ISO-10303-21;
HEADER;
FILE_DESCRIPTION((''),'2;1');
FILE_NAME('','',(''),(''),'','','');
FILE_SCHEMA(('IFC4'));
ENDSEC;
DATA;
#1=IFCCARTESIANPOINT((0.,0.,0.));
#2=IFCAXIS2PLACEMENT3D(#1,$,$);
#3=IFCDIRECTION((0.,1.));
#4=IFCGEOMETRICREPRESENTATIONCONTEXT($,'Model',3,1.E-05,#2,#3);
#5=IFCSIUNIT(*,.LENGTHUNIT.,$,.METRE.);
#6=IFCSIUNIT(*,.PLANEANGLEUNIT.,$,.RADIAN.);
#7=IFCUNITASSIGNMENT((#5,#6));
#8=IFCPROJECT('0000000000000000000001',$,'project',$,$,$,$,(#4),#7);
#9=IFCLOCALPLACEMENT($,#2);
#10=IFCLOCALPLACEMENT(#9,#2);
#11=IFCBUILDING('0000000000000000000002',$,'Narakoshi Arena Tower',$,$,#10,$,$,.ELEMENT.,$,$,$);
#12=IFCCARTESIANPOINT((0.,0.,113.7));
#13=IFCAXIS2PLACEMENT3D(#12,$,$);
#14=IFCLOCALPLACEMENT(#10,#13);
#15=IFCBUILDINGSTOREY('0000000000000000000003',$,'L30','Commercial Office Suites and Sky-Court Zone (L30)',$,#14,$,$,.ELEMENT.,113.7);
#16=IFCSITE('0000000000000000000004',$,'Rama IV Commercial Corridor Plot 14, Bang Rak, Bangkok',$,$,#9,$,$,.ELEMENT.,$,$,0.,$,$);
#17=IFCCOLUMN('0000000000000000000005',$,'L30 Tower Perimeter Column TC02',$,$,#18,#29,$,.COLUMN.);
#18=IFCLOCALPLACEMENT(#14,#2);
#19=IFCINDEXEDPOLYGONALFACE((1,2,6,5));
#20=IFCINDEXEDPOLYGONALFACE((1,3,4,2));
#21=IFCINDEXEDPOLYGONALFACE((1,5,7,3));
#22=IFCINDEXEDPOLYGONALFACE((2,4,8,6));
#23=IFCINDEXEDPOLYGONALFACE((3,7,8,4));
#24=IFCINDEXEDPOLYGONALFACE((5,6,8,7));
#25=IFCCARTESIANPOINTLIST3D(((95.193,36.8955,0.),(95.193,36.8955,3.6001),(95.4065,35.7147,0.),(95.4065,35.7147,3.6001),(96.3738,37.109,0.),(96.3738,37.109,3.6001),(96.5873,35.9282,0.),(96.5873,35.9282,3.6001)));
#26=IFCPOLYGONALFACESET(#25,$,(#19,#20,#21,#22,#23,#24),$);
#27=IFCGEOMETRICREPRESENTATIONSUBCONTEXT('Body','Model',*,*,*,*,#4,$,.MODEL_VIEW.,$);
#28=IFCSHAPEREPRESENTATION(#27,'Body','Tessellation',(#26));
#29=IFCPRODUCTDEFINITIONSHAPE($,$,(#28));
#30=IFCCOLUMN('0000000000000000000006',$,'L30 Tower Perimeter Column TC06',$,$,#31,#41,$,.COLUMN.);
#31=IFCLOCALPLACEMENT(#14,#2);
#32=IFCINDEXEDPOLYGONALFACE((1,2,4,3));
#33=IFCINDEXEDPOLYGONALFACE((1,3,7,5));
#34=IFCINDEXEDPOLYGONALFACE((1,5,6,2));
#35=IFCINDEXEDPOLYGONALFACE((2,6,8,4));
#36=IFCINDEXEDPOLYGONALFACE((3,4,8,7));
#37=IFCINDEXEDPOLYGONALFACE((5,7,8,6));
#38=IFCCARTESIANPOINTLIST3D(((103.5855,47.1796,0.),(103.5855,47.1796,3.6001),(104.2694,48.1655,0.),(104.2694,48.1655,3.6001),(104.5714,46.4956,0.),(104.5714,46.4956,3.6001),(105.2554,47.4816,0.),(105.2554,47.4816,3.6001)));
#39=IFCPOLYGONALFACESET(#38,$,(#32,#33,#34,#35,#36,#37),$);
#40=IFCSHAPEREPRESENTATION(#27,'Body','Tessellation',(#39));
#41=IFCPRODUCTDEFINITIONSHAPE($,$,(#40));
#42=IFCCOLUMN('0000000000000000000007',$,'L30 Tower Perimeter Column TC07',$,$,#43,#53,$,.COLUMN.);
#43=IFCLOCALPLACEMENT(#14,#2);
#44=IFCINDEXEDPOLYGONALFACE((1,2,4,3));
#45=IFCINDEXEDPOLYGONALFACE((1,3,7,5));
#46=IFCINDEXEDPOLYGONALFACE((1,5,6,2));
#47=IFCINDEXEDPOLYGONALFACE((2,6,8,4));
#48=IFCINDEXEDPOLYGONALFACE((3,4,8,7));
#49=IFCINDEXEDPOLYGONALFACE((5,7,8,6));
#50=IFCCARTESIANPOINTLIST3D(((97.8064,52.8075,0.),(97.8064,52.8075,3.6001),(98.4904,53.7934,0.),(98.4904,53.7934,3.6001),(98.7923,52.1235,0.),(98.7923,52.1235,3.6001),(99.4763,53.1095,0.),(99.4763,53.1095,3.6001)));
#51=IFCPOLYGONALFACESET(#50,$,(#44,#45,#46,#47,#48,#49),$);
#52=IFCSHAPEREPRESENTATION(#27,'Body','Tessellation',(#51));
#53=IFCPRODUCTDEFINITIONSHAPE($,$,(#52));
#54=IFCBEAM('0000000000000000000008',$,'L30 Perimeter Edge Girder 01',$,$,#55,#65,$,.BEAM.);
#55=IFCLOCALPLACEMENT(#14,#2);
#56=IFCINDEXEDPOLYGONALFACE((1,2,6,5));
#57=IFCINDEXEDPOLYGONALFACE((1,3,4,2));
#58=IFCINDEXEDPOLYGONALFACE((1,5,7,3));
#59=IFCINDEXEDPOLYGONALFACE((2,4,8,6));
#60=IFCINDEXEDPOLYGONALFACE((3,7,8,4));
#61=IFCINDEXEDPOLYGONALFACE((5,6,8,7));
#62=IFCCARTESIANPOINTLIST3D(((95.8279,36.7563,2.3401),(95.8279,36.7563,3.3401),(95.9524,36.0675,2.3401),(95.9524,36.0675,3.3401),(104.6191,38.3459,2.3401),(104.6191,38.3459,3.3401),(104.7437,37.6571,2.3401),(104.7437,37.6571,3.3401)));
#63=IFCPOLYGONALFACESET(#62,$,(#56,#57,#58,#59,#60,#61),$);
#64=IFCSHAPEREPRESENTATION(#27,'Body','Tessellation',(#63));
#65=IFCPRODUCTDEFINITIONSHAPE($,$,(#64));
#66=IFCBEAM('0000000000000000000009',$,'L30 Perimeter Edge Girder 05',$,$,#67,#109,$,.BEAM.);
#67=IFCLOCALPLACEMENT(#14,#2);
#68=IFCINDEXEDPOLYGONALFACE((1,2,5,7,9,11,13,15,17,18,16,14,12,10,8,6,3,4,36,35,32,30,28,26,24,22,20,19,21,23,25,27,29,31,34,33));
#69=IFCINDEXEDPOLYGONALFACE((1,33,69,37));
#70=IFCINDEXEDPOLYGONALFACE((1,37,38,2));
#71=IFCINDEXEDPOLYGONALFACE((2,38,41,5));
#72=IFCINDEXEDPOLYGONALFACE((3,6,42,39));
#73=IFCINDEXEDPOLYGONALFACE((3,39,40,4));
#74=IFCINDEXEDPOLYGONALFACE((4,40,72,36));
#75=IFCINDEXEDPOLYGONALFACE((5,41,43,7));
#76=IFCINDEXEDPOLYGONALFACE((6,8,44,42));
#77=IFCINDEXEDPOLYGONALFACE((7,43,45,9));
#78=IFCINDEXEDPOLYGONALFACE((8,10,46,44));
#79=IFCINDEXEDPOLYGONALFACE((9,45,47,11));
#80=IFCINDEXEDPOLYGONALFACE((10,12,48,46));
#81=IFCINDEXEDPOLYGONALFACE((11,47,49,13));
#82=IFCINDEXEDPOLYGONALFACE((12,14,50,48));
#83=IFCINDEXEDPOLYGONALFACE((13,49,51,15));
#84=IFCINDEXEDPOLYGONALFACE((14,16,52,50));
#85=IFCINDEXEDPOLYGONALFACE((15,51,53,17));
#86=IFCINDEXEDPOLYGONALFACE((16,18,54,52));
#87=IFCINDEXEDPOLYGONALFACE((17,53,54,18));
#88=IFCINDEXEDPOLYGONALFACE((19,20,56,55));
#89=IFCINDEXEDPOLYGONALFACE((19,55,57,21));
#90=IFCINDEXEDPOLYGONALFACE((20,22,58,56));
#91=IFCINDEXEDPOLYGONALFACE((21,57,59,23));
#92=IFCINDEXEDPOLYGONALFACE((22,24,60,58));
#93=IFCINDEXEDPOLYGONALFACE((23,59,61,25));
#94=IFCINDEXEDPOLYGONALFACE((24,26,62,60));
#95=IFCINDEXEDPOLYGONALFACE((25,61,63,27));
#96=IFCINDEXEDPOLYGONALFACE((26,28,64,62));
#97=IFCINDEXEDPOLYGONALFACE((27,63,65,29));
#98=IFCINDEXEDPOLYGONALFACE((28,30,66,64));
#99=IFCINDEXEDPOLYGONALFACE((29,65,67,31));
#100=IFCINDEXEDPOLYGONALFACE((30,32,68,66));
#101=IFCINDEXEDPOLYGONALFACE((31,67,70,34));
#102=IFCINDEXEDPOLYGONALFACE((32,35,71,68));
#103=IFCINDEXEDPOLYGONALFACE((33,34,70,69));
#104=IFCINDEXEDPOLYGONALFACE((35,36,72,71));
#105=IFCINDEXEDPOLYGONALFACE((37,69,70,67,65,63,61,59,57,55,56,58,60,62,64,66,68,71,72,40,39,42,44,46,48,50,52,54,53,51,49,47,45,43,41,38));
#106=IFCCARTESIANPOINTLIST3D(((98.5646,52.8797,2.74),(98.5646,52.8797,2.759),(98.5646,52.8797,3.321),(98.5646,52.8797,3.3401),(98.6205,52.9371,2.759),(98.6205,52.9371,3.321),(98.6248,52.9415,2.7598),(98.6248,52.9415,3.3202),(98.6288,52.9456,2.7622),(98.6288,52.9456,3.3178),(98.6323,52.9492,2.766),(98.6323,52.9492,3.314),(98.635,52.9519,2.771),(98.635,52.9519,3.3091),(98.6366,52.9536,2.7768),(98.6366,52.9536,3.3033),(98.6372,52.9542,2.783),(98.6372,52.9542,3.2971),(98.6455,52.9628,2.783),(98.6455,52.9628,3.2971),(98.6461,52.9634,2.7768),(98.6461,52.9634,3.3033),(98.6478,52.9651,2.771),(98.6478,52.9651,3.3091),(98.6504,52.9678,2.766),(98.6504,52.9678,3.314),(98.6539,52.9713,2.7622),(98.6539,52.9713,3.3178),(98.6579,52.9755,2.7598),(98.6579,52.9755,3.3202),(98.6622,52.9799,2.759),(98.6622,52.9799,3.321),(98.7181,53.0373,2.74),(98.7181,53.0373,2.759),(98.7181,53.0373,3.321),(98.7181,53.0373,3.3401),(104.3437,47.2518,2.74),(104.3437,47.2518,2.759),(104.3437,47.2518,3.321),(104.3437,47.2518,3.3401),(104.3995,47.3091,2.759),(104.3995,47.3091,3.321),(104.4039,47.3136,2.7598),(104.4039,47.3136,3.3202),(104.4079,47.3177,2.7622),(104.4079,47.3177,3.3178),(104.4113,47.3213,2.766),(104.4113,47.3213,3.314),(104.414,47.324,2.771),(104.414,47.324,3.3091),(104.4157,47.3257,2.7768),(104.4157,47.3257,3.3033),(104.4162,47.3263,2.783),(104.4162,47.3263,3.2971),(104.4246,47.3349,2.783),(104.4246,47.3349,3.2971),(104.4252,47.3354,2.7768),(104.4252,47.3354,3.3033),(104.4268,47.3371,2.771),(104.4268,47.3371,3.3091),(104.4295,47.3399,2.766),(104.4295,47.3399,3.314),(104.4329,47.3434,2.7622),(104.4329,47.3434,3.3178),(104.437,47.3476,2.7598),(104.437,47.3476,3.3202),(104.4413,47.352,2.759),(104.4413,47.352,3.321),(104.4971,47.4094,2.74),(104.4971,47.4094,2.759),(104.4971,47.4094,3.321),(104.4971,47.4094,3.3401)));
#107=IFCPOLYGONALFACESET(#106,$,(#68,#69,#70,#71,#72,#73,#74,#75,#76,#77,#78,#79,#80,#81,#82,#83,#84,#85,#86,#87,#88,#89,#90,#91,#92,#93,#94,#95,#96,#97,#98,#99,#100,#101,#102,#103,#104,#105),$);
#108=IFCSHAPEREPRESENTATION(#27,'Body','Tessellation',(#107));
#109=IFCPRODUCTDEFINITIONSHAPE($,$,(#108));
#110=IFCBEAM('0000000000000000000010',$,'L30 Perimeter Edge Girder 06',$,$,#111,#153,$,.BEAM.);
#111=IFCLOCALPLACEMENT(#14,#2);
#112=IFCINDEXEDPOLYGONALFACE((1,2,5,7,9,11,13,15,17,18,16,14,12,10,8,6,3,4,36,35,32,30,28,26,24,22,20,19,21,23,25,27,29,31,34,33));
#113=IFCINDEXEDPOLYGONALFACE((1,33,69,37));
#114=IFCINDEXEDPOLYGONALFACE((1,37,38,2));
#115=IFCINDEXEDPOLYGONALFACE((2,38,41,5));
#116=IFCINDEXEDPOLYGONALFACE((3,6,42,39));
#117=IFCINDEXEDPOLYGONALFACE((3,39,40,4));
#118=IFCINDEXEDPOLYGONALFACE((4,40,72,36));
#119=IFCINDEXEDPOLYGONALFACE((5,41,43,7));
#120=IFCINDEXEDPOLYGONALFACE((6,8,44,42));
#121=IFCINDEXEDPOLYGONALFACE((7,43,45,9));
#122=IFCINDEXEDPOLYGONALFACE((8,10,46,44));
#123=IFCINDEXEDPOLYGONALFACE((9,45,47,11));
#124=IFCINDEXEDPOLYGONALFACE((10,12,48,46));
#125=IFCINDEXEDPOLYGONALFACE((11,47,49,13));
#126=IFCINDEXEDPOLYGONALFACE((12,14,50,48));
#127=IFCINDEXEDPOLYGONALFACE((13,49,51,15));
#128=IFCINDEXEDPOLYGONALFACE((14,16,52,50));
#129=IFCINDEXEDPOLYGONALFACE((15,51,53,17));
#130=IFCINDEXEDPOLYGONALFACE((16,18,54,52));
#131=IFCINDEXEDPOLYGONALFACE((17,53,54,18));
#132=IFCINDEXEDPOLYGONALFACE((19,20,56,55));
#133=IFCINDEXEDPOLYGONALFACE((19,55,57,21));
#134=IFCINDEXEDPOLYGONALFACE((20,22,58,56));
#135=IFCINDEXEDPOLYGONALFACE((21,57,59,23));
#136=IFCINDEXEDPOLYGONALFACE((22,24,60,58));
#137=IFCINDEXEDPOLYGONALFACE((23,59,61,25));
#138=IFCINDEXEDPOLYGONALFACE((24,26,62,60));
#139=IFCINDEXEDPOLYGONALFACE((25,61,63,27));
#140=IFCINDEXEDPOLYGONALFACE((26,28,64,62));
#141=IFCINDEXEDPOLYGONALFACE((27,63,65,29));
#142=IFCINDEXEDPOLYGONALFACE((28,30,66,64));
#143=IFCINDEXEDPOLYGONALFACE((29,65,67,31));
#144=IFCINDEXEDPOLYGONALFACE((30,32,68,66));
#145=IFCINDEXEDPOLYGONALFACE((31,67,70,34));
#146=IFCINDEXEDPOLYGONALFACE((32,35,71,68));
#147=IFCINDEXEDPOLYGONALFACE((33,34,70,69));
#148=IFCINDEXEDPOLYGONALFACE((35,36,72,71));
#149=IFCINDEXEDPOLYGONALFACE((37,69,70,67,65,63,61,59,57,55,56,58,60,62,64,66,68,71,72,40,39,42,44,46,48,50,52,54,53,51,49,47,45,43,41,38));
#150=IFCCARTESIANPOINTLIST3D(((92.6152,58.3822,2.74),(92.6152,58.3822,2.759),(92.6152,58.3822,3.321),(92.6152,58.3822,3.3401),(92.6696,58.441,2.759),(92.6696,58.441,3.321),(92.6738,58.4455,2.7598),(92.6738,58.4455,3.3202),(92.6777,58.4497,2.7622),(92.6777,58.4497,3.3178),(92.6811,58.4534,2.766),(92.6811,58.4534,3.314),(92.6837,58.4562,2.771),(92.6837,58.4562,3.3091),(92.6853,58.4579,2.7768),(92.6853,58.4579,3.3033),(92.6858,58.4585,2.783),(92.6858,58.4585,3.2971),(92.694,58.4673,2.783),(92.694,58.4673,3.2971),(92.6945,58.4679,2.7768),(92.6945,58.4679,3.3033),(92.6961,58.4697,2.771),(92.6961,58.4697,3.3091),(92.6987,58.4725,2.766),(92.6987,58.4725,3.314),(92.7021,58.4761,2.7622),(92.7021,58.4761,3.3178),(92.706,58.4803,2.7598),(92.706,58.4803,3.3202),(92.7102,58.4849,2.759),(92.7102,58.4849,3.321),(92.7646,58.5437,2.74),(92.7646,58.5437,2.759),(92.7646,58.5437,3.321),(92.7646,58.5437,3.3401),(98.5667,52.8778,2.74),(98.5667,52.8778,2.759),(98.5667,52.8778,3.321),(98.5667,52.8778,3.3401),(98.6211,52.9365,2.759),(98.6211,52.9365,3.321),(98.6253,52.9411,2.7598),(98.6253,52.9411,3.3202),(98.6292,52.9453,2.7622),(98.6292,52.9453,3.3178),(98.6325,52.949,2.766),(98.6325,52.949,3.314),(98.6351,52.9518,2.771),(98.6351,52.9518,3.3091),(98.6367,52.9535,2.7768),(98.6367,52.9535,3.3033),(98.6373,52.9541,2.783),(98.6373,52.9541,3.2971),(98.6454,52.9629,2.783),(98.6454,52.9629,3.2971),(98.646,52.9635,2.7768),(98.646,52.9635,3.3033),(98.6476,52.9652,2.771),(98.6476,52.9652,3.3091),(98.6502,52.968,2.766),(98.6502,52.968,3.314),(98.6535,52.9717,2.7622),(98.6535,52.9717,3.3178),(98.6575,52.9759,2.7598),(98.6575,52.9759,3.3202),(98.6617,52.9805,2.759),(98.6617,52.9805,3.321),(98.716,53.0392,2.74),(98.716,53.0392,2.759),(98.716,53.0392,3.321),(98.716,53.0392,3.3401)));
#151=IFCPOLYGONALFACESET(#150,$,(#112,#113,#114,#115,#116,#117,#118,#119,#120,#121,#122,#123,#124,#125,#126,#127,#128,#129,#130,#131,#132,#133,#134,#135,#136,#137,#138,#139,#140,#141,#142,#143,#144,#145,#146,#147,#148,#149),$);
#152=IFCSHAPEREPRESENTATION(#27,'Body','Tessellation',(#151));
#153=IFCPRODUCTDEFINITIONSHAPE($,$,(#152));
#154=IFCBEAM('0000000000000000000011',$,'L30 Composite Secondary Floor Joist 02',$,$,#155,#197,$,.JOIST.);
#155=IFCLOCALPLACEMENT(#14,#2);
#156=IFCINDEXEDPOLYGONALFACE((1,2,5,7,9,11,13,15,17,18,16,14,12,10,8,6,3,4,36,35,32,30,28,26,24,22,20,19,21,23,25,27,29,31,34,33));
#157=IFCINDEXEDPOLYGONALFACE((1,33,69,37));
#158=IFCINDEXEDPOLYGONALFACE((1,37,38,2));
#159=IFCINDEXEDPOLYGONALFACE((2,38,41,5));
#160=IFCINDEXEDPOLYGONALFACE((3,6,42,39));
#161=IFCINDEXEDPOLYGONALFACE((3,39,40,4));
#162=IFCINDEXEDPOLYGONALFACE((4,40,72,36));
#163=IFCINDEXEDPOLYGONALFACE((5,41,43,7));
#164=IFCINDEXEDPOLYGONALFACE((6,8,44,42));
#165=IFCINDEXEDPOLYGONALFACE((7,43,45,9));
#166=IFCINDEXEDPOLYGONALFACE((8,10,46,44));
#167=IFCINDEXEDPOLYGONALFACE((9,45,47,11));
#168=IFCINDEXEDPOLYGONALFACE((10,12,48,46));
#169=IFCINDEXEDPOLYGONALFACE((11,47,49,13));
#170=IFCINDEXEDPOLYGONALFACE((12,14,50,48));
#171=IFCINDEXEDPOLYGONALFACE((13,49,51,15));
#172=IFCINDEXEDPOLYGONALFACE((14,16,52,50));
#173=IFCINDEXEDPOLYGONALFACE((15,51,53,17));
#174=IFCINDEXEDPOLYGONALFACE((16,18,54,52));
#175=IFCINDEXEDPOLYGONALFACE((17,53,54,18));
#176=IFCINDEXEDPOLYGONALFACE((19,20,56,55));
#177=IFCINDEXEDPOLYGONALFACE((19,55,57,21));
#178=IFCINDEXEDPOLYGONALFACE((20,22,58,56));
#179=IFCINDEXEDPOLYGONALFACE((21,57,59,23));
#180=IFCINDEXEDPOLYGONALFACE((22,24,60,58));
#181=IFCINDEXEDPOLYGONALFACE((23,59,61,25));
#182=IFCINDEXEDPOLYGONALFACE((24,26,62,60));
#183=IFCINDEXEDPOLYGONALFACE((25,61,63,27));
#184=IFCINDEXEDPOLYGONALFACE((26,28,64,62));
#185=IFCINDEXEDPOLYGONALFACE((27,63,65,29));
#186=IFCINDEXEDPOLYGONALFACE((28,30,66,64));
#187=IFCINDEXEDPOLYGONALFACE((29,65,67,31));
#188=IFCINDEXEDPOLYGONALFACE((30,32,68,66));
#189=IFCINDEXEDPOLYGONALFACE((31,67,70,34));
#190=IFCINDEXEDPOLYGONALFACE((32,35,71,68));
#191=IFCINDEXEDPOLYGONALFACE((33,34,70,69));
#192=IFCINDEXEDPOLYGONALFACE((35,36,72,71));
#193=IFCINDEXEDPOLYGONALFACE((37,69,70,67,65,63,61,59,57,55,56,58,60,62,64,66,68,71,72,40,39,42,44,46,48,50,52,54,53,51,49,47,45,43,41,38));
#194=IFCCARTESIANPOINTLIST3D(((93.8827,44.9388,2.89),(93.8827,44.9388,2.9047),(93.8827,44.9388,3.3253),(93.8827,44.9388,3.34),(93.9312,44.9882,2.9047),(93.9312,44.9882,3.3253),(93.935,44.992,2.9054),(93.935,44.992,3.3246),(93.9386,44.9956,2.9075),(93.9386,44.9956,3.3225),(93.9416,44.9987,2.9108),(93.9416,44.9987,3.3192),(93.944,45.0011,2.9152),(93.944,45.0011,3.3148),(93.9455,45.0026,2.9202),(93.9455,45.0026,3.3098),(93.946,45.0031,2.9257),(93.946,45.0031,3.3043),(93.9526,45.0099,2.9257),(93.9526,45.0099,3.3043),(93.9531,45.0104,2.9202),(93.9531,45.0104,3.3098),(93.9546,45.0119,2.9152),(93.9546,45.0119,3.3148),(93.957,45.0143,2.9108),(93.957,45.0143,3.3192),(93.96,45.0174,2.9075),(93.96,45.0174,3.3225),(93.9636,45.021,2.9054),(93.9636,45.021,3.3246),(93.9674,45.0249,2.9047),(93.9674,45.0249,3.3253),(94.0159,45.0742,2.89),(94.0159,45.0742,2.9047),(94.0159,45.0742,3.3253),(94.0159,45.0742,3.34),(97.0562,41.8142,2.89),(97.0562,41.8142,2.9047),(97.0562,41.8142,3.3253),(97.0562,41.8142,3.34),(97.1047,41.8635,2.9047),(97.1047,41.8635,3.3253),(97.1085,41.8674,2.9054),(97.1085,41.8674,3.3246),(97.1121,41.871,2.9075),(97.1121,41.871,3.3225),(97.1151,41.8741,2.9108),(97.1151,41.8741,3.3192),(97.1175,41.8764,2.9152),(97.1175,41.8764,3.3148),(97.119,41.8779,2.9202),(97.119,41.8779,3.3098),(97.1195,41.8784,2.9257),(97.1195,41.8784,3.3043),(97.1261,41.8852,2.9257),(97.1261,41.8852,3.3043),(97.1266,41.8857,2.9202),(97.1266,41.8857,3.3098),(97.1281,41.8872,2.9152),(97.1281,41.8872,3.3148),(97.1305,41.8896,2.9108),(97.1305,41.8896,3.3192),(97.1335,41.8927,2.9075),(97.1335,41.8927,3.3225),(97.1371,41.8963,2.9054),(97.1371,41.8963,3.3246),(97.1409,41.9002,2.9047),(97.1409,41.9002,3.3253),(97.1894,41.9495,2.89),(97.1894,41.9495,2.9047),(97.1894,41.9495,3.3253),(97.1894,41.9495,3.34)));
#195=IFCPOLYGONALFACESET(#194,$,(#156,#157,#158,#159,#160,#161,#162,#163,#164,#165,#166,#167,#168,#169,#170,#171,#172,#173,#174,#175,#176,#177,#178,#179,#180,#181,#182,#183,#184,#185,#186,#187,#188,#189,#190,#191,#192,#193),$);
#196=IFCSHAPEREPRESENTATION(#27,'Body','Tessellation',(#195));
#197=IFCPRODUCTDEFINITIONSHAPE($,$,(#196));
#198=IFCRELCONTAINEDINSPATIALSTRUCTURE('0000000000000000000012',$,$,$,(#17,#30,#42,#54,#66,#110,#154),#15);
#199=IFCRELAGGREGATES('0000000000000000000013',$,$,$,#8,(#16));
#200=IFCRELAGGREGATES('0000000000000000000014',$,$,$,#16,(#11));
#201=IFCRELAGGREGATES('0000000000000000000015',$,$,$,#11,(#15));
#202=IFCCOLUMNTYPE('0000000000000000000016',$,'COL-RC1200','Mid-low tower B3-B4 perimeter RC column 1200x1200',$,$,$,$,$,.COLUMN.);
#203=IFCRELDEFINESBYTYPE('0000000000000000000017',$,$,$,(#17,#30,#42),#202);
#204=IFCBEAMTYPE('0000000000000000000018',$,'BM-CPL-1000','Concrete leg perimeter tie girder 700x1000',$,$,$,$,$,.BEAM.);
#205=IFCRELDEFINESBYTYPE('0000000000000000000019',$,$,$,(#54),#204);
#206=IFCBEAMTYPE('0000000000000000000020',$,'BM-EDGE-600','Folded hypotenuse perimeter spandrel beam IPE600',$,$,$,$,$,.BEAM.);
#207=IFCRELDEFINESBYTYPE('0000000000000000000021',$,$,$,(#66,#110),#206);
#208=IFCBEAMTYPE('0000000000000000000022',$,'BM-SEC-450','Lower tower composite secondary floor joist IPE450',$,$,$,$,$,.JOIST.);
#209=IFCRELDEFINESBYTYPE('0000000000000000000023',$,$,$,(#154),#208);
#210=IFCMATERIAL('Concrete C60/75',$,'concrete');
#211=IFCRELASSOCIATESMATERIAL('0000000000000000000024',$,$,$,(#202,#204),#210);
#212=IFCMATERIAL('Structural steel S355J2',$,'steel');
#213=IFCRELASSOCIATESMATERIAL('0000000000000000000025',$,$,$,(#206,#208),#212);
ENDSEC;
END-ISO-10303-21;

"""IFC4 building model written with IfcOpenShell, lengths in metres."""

from ifc_helpers import new_model, si_unit, direction, frame, origin, origin_2d, place, context, subcontext, project, spatial, rectangle, i_section, extrude, material, material_profile, profile_set, type_object, element, save


model = new_model("IFC4")

# Units and contexts
model_context = context("Model", 3, precision=1e-05, world=origin(), true_north=direction((0.0, 1.0)))
body_context = subcontext(model_context, "Body", "Model", "MODEL_VIEW")
ifc_project = project(units=[si_unit("LENGTHUNIT", "METRE"), si_unit("PLANEANGLEUNIT", "RADIAN")], contexts=[model_context])

# Site, building, storey
site_placement = place(None, origin())
site = spatial("IfcSite", under=ifc_project, at=site_placement, Name="Rama IV Commercial Corridor Plot 14, Bang Rak, Bangkok", CompositionType="ELEMENT", RefElevation=0.0)
building_placement = place(site_placement, origin())
building = spatial("IfcBuilding", under=site, at=building_placement, Name="Narakoshi Arena Tower", CompositionType="ELEMENT")
storey_placement = place(building_placement, frame((0.0, 0.0, 113.7)))
storey = spatial("IfcBuildingStorey", under=building, at=storey_placement, Name="L30", Description="Commercial Office Suites and Sky-Court Zone (L30)", CompositionType="ELEMENT", Elevation=113.7)

# Columns
ifc_material_1 = material(Name="Concrete C60/75", Category="concrete")
ifc_material_profile_1 = material_profile(ifc_material_1, rectangle(XDim=1.2, YDim=1.2, at=origin_2d()), Name="RC1200x1200")
ifc_profile_set_1 = profile_set([ifc_material_profile_1], Name="Concrete C60/75")
column_type = type_object("IfcColumnType", Name="COL-RC1200", Description="Mid-low tower B3-B4 perimeter RC column 1200x1200", PredefinedType="COLUMN", material=ifc_profile_set_1)
for number, where, z_axis, x_axis, name in (
    (1, (95.8901, 36.4119, 0.0), (0.0, 0.0, 1.0), (0.984041, 0.177944, 0.0), "L30 Tower Perimeter Column TC02"),
    (2, (104.4204, 47.3306, 0.0), (0.0, 0.0, 1.0), (0.569997, 0.821647, 0.0), "L30 Tower Perimeter Column TC06"),
    (3, (98.6414, 52.9585, 0.0), (0.0, 0.0, 1.0), (0.569997, 0.821647, 0.0), "L30 Tower Perimeter Column TC07"),
):
    element("IfcColumn", number, at=place(storey_placement, frame(where, z_axis=z_axis, x_axis=x_axis)), inside=storey, type_object=column_type, Name=name, PredefinedType="COLUMN", context=body_context, shape_type="SweptSolid", body=[
        extrude(rectangle(XDim=1.2, YDim=1.2, at=origin_2d()), origin(), (0.0, 0.0, 1.0), 3.6001),
    ])

# Beams
ifc_material_profile_2 = material_profile(ifc_material_1, rectangle(XDim=0.7, YDim=1.0, at=origin_2d()), Name="RCB700x1000")
ifc_profile_set_2 = profile_set([ifc_material_profile_2], Name="Concrete C60/75")
beam_type_1 = type_object("IfcBeamType", Name="BM-CPL-1000", Description="Concrete leg perimeter tie girder 700x1000", PredefinedType="BEAM", material=ifc_profile_set_2)
beam_1_placement = place(storey_placement, frame((95.8901, 36.4119, 2.8401), z_axis=(0.984043, 0.177931, 0.0), x_axis=(-0.177931, 0.984043, 0.0)))
element("IfcBeam", 4, at=beam_1_placement, inside=storey, type_object=beam_type_1, Name="L30 Perimeter Edge Girder 01", PredefinedType="BEAM", context=body_context, shape_type="SweptSolid", body=[
    extrude(rectangle(XDim=0.7, YDim=1.0, at=origin_2d()), origin(), (0.0, 0.0, 1.0), 8.9338),
])
ifc_material_2 = material(Name="Structural steel S355J2", Category="steel")
ifc_material_profile_3 = material_profile(ifc_material_2, i_section(OverallWidth=0.22, OverallDepth=0.6001, WebThickness=0.012, FlangeThickness=0.019, FilletRadius=0.0239, at=origin_2d()), Name="IPE600")
ifc_profile_set_3 = profile_set([ifc_material_profile_3], Name="Structural steel S355J2")
beam_type_2 = type_object("IfcBeamType", Name="BM-EDGE-600", Description="Folded hypotenuse perimeter spandrel beam IPE600", PredefinedType="BEAM", material=ifc_profile_set_3)
beam_2_placement = place(storey_placement, frame((104.4204, 47.3306, 3.04), z_axis=(-0.716412, 0.697678, 0.0), x_axis=(-0.697678, -0.716412, 0.0)))
element("IfcBeam", 5, at=beam_2_placement, inside=storey, type_object=beam_type_2, Name="L30 Perimeter Edge Girder 05", PredefinedType="BEAM", context=body_context, shape_type="SweptSolid", body=[
    extrude(i_section(OverallWidth=0.22, OverallDepth=0.6001, WebThickness=0.012, FlangeThickness=0.019, FilletRadius=0.0239, at=origin_2d()), origin(), (0.0, 0.0, 1.0), 8.0667),
])
beam_3_placement = place(storey_placement, frame((98.6414, 52.9585, 3.04), z_axis=(-0.73414, 0.678998, 0.0), x_axis=(-0.678998, -0.73414, 0.0)))
element("IfcBeam", 6, at=beam_3_placement, inside=storey, type_object=beam_type_2, Name="L30 Perimeter Edge Girder 06", PredefinedType="BEAM", context=body_context, shape_type="SweptSolid", body=[
    extrude(i_section(OverallWidth=0.22, OverallDepth=0.6001, WebThickness=0.012, FlangeThickness=0.019, FilletRadius=0.0239, at=origin_2d()), origin(), (0.0, 0.0, 1.0), 8.1067),
])
ifc_material_profile_4 = material_profile(ifc_material_2, i_section(OverallWidth=0.1899, OverallDepth=0.45, WebThickness=0.0095, FlangeThickness=0.0146, FilletRadius=0.021, at=origin_2d()), Name="IPE450")
ifc_profile_set_4 = profile_set([ifc_material_profile_4], Name="Structural steel S355J2")
beam_type_3 = type_object("IfcBeamType", Name="BM-SEC-450", Description="Lower tower composite secondary floor joist IPE450", PredefinedType="JOIST", material=ifc_profile_set_4)
beam_4_placement = place(storey_placement, frame((97.1228, 41.8818, 3.115), z_axis=(-0.712567, 0.701604, 0.0), x_axis=(-0.701604, -0.712567, 0.0)))
element("IfcBeam", 7, at=beam_4_placement, inside=storey, type_object=beam_type_3, Name="L30 Composite Secondary Floor Joist 02", PredefinedType="JOIST", context=body_context, shape_type="SweptSolid", body=[
    extrude(i_section(OverallWidth=0.1899, OverallDepth=0.45, WebThickness=0.0095, FlangeThickness=0.0146, FilletRadius=0.021, at=origin_2d()), origin(), (0.0, 0.0, 1.0), 4.4536),
])

save(model, "model.ifc")
